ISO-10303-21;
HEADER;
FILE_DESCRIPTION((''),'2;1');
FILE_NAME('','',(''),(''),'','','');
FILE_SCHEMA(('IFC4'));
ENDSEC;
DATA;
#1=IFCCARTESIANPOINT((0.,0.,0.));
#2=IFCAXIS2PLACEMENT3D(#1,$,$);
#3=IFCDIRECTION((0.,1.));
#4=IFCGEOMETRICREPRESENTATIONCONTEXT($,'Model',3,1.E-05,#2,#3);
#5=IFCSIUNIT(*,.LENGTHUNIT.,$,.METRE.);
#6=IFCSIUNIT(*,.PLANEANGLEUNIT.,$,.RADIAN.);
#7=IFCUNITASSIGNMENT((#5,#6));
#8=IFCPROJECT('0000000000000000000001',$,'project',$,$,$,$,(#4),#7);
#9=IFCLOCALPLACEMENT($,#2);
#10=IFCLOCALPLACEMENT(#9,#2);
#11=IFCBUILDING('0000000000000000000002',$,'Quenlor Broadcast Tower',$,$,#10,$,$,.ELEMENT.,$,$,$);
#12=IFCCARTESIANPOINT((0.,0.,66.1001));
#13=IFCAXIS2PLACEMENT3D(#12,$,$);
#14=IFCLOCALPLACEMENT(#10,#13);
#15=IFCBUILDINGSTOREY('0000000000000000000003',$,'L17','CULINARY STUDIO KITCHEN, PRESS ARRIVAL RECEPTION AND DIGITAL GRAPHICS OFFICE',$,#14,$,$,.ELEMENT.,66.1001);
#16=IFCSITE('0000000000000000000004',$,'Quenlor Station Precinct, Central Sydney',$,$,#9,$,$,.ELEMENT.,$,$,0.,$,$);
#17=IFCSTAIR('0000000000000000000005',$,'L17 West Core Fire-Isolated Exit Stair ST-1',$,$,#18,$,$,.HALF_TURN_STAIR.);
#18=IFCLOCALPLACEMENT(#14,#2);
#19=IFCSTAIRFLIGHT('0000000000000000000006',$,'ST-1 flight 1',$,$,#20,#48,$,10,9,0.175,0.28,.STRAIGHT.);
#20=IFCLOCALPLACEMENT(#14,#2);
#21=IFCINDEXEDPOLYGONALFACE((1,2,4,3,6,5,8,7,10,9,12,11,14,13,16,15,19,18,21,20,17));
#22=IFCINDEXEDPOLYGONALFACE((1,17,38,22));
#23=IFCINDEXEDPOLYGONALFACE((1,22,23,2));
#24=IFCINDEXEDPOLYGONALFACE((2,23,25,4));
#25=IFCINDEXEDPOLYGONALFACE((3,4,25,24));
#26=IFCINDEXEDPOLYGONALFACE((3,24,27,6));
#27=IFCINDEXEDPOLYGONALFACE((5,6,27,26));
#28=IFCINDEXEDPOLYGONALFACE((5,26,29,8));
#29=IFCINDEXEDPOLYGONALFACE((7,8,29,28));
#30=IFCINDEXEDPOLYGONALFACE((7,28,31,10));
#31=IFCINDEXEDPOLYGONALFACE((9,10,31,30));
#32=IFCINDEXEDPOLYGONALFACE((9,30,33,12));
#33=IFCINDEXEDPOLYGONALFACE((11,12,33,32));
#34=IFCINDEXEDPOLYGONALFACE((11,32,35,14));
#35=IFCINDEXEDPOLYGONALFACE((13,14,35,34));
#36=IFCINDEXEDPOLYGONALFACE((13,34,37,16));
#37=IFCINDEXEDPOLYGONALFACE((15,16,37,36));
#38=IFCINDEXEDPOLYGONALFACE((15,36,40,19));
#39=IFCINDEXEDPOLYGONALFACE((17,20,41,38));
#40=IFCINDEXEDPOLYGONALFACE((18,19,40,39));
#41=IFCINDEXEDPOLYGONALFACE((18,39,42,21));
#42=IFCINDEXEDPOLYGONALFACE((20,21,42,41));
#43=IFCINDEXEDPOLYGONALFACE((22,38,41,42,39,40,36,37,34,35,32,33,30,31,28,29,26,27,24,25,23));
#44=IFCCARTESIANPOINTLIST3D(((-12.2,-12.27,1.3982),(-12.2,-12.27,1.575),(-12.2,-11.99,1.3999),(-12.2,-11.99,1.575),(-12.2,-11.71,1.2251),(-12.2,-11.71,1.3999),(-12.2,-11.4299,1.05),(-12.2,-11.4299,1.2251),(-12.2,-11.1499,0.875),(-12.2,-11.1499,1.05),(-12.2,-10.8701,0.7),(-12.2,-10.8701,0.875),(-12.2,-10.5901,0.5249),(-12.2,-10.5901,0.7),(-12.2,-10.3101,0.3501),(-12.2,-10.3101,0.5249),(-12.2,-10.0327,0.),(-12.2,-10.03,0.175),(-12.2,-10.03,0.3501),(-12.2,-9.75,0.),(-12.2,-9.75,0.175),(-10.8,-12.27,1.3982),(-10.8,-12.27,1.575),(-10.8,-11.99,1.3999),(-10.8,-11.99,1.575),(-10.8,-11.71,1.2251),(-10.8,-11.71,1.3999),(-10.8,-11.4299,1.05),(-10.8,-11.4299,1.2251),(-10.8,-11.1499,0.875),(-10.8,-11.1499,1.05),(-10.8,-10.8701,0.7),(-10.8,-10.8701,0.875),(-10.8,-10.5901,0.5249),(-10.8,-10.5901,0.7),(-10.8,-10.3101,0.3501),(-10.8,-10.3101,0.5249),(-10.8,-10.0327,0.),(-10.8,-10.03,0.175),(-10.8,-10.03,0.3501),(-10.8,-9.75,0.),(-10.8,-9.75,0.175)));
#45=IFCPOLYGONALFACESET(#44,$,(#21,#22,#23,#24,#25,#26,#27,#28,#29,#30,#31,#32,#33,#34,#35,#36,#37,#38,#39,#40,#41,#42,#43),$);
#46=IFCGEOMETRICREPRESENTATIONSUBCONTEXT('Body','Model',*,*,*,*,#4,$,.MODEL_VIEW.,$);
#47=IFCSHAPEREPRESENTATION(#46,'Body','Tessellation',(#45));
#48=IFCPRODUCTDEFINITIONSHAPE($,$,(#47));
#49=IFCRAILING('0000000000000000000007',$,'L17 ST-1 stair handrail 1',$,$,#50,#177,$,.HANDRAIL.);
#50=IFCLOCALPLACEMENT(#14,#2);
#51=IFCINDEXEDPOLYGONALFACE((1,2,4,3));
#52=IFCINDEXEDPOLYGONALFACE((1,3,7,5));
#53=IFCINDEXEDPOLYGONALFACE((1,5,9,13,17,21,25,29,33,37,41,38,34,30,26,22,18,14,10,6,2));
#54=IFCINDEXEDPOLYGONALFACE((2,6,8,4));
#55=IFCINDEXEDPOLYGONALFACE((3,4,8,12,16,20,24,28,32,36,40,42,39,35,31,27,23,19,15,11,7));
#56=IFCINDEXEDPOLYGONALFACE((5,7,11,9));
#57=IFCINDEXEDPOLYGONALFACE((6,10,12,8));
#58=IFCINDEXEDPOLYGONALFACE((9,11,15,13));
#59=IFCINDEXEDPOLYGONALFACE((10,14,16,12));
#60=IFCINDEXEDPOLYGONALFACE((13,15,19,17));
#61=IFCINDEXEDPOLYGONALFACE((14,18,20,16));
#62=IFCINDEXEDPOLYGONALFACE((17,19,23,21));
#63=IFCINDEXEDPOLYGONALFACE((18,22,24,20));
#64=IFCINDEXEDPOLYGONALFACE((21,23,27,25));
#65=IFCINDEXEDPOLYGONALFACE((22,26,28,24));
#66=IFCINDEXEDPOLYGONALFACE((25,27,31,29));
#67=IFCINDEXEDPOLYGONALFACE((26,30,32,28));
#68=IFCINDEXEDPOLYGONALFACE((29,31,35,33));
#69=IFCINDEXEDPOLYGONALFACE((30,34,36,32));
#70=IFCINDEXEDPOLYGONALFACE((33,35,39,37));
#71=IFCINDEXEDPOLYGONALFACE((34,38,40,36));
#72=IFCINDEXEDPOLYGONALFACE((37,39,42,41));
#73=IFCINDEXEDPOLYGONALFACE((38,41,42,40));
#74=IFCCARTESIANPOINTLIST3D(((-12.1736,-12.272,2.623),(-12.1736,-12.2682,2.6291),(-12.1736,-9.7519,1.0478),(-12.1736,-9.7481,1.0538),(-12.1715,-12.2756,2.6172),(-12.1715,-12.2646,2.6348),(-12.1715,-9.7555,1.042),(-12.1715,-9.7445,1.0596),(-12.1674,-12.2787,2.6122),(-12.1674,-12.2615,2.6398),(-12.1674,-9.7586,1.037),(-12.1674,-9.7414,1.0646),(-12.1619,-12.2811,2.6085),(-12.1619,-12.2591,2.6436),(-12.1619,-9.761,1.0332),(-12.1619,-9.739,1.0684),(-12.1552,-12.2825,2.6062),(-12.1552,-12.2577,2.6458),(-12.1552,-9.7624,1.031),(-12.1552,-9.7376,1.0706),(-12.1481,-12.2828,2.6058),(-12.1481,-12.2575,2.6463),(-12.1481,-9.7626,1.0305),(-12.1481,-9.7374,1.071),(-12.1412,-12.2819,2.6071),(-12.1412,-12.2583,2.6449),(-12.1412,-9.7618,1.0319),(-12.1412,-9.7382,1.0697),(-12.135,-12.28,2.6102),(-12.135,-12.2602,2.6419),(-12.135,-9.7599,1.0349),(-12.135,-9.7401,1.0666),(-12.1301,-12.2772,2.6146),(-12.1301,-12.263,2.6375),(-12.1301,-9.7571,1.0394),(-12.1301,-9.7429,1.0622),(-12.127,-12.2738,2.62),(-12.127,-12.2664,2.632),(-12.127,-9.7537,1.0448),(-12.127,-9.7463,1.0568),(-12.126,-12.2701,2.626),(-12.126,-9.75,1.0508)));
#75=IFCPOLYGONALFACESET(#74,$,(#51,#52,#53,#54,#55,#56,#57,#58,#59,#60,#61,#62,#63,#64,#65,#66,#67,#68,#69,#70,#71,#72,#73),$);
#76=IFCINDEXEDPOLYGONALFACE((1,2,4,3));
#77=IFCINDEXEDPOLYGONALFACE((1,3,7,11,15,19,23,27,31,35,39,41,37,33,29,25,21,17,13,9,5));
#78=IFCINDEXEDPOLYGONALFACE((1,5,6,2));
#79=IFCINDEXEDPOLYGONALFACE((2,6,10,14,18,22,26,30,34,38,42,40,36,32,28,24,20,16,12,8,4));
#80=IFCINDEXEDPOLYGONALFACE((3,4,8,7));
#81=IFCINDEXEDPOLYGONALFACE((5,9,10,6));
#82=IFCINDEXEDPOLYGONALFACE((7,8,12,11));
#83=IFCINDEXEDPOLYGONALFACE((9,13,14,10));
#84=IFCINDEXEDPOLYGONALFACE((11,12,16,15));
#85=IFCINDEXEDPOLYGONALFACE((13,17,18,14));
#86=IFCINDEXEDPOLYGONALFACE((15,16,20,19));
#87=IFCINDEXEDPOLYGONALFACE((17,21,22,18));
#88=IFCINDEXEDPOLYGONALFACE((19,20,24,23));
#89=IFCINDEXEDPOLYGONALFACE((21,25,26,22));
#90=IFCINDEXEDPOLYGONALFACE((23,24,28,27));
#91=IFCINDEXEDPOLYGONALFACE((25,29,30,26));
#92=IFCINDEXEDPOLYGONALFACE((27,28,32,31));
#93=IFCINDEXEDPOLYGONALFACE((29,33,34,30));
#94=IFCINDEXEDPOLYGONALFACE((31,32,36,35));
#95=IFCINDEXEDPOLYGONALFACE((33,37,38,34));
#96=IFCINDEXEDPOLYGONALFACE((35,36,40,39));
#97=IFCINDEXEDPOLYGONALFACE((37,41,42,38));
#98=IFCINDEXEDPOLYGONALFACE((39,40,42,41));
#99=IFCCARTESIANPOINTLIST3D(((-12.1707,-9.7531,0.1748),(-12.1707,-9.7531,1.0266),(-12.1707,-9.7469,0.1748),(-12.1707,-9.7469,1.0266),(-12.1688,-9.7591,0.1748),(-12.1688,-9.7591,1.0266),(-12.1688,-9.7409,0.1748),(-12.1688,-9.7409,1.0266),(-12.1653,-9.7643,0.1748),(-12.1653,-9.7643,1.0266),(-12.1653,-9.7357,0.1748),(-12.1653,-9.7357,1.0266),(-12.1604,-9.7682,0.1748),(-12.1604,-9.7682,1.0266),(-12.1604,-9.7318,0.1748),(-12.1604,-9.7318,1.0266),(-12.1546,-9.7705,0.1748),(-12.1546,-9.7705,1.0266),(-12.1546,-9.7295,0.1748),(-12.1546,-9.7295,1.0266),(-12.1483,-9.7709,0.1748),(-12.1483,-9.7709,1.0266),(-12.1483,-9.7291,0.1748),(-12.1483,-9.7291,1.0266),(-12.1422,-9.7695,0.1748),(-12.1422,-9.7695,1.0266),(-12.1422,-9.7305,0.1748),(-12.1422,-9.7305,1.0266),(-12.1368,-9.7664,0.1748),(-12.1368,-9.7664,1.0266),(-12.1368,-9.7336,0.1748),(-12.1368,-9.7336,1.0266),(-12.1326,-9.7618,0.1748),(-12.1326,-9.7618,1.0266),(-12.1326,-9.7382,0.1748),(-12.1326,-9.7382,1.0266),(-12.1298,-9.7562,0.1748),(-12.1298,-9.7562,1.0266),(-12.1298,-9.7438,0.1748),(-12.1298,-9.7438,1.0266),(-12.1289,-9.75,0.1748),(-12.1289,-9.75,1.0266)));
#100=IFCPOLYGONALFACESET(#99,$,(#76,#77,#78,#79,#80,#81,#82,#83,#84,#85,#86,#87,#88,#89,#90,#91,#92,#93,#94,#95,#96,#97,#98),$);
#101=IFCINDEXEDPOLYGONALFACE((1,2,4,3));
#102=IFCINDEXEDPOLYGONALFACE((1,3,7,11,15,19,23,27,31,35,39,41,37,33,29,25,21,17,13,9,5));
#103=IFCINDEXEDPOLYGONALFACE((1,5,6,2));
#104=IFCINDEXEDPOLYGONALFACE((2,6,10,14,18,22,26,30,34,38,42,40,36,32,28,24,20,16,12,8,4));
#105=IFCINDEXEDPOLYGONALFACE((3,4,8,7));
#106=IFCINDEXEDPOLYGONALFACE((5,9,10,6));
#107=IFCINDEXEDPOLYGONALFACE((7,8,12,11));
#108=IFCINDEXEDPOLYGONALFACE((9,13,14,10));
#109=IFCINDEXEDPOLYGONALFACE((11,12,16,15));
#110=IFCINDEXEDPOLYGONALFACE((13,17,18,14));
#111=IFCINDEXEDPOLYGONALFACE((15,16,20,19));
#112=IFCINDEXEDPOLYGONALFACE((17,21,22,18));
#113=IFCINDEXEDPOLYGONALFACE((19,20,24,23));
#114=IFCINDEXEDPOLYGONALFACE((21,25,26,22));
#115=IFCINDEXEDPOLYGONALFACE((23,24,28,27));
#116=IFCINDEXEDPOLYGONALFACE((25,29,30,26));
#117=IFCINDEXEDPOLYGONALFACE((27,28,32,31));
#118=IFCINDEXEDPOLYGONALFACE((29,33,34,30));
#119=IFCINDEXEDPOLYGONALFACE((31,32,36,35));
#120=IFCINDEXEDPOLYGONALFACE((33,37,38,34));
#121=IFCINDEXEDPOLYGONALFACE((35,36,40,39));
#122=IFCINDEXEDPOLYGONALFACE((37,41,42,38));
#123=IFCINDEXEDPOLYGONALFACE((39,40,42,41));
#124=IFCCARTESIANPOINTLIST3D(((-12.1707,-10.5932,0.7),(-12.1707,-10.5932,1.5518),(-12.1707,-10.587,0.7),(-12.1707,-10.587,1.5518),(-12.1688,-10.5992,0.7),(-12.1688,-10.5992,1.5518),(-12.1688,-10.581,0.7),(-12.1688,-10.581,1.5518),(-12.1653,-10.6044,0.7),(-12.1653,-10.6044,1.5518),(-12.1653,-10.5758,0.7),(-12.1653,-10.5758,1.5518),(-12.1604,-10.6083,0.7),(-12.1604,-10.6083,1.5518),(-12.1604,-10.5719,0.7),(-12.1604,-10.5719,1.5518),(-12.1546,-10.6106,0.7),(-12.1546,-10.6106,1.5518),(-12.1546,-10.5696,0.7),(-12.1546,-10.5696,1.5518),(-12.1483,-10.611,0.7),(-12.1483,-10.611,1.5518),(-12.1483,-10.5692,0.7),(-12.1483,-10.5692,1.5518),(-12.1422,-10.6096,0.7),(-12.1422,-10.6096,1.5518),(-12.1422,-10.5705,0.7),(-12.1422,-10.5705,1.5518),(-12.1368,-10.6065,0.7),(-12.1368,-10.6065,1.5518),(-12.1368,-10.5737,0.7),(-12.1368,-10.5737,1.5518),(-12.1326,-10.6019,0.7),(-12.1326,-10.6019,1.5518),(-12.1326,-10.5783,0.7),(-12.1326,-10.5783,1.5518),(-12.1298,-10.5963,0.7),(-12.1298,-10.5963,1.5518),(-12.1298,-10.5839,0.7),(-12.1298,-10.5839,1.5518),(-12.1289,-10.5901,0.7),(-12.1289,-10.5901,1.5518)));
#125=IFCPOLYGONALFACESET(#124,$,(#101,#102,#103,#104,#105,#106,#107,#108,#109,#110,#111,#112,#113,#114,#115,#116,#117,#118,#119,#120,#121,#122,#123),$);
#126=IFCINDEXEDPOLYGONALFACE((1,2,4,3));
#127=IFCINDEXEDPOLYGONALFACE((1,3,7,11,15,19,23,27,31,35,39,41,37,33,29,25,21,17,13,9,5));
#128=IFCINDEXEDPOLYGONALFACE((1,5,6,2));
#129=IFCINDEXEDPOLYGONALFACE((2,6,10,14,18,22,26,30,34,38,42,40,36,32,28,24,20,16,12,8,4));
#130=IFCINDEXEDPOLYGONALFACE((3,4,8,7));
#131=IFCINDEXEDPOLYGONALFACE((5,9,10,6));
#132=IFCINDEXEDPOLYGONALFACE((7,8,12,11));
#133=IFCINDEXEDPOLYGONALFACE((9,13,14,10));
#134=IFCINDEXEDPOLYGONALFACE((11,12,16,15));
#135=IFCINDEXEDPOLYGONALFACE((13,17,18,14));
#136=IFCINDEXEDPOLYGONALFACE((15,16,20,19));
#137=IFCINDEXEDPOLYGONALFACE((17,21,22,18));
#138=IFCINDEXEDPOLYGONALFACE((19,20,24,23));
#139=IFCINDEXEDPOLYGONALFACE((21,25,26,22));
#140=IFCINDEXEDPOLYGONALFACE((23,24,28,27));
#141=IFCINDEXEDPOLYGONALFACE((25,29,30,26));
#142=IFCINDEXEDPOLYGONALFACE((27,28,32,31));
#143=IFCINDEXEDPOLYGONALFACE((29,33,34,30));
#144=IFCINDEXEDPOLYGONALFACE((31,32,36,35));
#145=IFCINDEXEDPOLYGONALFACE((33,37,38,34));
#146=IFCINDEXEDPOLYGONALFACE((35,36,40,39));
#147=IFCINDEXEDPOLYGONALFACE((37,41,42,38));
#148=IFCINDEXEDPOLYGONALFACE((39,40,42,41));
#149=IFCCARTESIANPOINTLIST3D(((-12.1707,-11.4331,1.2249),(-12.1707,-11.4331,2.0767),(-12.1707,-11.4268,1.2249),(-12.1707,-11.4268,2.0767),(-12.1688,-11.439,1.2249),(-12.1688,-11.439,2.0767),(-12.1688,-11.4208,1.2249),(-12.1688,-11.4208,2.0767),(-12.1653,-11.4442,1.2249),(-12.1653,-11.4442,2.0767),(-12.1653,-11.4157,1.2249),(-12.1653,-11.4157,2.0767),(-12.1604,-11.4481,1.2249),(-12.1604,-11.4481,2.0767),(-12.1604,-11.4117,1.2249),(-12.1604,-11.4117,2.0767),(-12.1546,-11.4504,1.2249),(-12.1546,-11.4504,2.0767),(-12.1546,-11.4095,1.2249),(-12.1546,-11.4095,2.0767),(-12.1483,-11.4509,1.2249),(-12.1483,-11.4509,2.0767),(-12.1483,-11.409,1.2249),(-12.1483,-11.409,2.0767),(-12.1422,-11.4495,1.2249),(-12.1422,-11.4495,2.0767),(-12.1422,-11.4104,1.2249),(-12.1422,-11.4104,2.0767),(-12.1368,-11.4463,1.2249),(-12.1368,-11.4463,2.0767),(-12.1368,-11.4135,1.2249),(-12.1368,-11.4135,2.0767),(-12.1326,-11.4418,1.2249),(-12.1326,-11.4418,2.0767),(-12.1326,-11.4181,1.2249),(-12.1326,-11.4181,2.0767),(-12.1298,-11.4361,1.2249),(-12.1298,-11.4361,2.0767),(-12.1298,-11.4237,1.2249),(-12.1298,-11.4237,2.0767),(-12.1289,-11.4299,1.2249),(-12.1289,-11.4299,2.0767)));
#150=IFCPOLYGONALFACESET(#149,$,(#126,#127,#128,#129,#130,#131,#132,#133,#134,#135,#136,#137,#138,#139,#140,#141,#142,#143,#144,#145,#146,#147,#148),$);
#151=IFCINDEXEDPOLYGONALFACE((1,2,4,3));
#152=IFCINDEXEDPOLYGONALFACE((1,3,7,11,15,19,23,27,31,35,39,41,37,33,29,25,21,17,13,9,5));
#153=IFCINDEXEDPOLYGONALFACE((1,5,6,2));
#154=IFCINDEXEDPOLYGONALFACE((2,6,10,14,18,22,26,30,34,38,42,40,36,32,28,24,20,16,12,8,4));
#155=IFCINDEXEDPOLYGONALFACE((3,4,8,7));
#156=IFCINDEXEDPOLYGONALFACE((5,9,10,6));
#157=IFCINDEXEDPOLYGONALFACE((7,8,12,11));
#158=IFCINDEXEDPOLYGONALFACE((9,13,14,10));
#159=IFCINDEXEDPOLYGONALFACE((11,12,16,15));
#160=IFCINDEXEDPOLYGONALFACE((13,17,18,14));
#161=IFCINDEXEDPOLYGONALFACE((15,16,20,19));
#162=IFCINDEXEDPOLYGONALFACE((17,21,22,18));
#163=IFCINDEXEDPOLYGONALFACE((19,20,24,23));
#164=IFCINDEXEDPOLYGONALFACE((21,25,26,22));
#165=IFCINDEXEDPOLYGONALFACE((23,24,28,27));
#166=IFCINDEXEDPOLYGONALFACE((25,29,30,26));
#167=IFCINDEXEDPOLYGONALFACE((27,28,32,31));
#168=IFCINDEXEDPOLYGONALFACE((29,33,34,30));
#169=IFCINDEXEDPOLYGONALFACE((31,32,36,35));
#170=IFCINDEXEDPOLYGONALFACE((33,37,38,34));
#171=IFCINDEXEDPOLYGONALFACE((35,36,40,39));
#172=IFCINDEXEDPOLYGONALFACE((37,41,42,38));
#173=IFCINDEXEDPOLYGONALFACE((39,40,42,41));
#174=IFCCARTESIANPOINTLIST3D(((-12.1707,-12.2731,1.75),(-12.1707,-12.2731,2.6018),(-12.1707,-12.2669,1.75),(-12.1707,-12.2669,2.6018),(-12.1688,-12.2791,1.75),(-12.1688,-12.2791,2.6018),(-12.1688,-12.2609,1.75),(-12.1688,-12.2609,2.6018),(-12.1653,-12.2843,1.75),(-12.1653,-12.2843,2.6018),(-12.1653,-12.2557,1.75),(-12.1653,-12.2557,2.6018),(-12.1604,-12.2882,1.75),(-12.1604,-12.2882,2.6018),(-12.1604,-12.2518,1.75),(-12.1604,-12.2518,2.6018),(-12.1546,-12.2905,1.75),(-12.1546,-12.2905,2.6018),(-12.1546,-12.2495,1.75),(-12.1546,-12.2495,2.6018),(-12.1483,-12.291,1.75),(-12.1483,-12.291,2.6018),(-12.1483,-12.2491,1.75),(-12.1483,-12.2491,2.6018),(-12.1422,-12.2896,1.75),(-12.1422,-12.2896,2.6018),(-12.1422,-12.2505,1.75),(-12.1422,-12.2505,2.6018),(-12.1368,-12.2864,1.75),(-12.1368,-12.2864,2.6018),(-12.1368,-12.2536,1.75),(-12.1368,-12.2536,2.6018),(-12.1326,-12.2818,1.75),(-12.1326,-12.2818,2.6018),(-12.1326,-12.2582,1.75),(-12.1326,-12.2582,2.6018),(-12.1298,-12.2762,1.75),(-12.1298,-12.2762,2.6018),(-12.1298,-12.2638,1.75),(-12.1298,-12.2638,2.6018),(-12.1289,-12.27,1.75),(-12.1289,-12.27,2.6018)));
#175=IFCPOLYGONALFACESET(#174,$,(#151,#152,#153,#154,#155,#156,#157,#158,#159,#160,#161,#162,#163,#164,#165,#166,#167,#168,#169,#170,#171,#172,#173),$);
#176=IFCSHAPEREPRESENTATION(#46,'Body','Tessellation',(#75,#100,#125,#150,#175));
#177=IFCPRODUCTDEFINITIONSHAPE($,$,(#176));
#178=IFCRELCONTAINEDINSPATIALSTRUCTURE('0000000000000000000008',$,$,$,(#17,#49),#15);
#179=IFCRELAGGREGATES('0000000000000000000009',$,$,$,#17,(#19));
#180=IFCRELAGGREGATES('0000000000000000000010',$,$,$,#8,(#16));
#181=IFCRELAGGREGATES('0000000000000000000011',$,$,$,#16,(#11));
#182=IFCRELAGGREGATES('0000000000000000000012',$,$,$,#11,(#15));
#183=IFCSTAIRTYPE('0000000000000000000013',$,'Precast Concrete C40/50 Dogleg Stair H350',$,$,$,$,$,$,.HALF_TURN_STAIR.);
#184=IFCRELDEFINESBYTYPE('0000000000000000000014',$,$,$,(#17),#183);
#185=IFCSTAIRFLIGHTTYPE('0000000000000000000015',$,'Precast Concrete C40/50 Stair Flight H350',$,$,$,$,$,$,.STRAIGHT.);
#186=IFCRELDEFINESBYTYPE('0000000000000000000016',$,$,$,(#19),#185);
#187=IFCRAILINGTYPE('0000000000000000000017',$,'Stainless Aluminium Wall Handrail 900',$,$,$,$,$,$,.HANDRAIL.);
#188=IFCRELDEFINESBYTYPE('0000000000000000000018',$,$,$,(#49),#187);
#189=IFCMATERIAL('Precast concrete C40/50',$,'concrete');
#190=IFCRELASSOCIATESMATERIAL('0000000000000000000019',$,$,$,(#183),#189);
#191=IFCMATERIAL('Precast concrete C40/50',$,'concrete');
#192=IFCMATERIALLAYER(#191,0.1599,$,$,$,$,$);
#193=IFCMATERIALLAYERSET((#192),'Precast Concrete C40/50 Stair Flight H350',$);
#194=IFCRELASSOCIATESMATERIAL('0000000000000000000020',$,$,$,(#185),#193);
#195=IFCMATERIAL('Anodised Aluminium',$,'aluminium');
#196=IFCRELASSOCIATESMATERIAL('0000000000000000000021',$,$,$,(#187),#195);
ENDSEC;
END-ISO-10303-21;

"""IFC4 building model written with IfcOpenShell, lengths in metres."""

from ifc_helpers import new_model, si_unit, direction, frame, origin, origin_2d, place, context, subcontext, project, spatial, polyline, circle, outline, extrude, material, layer, layer_set, type_object, element, aggregate, save


model = new_model("IFC4")

# Units and contexts
model_context = context("Model", 3, precision=1e-05, world=origin(), true_north=direction((0.0, 1.0)))
body_context = subcontext(model_context, "Body", "Model", "MODEL_VIEW")
ifc_project = project(units=[si_unit("LENGTHUNIT", "METRE"), si_unit("PLANEANGLEUNIT", "RADIAN")], contexts=[model_context])

# Site, building, storey
site_placement = place(None, origin())
site = spatial("IfcSite", under=ifc_project, at=site_placement, Name="Quenlor Station Precinct, Central Sydney", CompositionType="ELEMENT", RefElevation=0.0)
building_placement = place(site_placement, origin())
building = spatial("IfcBuilding", under=site, at=building_placement, Name="Quenlor Broadcast Tower", CompositionType="ELEMENT")
storey_placement = place(building_placement, frame((0.0, 0.0, 66.1001)))
storey = spatial("IfcBuildingStorey", under=building, at=storey_placement, Name="L17", Description="CULINARY STUDIO KITCHEN, PRESS ARRIVAL RECEPTION AND DIGITAL GRAPHICS OFFICE", CompositionType="ELEMENT", Elevation=66.1001)

# Stair, stair flight
ifc_material_1 = material(Name="Precast concrete C40/50", Category="concrete")
stair_type = type_object("IfcStairType", Name="Precast Concrete C40/50 Dogleg Stair H350", PredefinedType="HALF_TURN_STAIR", material=ifc_material_1)
stair_placement = place(storey_placement, origin())
stair = element("IfcStair", 1, at=stair_placement, inside=storey, type_object=stair_type, Name="L17 West Core Fire-Isolated Exit Stair ST-1", PredefinedType="HALF_TURN_STAIR")
ifc_material_2 = material(Name="Precast concrete C40/50", Category="concrete")
ifc_layer_1 = layer(ifc_material_2, 0.1599)
ifc_layer_set_1 = layer_set([ifc_layer_1], Name="Precast Concrete C40/50 Stair Flight H350")
stair_flight_type = type_object("IfcStairFlightType", Name="Precast Concrete C40/50 Stair Flight H350", PredefinedType="STRAIGHT", material=ifc_layer_set_1)
stair_flight_placement = place(storey_placement, frame((-11.5, -9.75, 0.0), z_axis=(0.0, 0.0, 1.0), x_axis=(0.0, -1.0, 0.0)))
stair_flight = element("IfcStairFlight", 2, at=stair_flight_placement, type_object=stair_flight_type, Name="ST-1 flight 1", NumberOfRisers=10, NumberOfTreads=9, PredefinedType="STRAIGHT", RiserHeight=0.175, TreadLength=0.28, context=body_context, shape_type="SweptSolid", body=[
    extrude(outline(polyline([(0.0, 0.0), (0.0, 0.175), (0.28, 0.175), (0.28, 0.3501), (0.5601, 0.3501), (0.5601, 0.5249), (0.8401, 0.5249), (0.8401, 0.7), (1.1201, 0.7), (1.1201, 0.875), (1.3999, 0.875), (1.3999, 1.05), (1.6799, 1.05), (1.6799, 1.2251), (1.96, 1.2251), (1.96, 1.3999), (2.24, 1.3999), (2.24, 1.575), (2.52, 1.575), (2.52, 1.75), (2.52, 1.3982), (0.2827, 0.0), (0.0, 0.0)])), frame((0.0, 0.7, 0.0), z_axis=(0.0, -1.0, 0.0), x_axis=(1.0, 0.0, 0.0)), (0.0, 0.0, 1.0), 1.3999),
])
aggregate(stair, [stair_flight])

# Railing
ifc_material_3 = material(Name="Anodised Aluminium", Category="aluminium")
railing_type = type_object("IfcRailingType", Name="Stainless Aluminium Wall Handrail 900", PredefinedType="HANDRAIL", material=ifc_material_3)
railing_placement = place(storey_placement, frame((-12.1499, -9.75, 0.1748)))
element("IfcRailing", 3, at=railing_placement, inside=storey, type_object=railing_type, Name="L17 ST-1 stair handrail 1", PredefinedType="HANDRAIL", context=body_context, shape_type="SweptSolid", body=[
    extrude(circle(Radius=0.0239, at=origin_2d()), frame((0.0, 0.0, 0.876), z_axis=(0.0, -0.847971, 0.530043), x_axis=(1.0, 0.0, 0.0)), (0.0, 0.0, 1.0), 2.9719),
    extrude(circle(Radius=0.021, at=origin_2d()), origin(), (0.0, 0.0, 1.0), 0.8518),
    extrude(circle(Radius=0.021, at=origin_2d()), frame((0.0, -0.8401, 0.5251)), (0.0, 0.0, 1.0), 0.8518),
    extrude(circle(Radius=0.021, at=origin_2d()), frame((0.0, -1.6799, 1.05)), (0.0, 0.0, 1.0), 0.8518),
    extrude(circle(Radius=0.021, at=origin_2d()), frame((0.0, -2.52, 1.5752)), (0.0, 0.0, 1.0), 0.8518),
])

save(model, "model.ifc")
